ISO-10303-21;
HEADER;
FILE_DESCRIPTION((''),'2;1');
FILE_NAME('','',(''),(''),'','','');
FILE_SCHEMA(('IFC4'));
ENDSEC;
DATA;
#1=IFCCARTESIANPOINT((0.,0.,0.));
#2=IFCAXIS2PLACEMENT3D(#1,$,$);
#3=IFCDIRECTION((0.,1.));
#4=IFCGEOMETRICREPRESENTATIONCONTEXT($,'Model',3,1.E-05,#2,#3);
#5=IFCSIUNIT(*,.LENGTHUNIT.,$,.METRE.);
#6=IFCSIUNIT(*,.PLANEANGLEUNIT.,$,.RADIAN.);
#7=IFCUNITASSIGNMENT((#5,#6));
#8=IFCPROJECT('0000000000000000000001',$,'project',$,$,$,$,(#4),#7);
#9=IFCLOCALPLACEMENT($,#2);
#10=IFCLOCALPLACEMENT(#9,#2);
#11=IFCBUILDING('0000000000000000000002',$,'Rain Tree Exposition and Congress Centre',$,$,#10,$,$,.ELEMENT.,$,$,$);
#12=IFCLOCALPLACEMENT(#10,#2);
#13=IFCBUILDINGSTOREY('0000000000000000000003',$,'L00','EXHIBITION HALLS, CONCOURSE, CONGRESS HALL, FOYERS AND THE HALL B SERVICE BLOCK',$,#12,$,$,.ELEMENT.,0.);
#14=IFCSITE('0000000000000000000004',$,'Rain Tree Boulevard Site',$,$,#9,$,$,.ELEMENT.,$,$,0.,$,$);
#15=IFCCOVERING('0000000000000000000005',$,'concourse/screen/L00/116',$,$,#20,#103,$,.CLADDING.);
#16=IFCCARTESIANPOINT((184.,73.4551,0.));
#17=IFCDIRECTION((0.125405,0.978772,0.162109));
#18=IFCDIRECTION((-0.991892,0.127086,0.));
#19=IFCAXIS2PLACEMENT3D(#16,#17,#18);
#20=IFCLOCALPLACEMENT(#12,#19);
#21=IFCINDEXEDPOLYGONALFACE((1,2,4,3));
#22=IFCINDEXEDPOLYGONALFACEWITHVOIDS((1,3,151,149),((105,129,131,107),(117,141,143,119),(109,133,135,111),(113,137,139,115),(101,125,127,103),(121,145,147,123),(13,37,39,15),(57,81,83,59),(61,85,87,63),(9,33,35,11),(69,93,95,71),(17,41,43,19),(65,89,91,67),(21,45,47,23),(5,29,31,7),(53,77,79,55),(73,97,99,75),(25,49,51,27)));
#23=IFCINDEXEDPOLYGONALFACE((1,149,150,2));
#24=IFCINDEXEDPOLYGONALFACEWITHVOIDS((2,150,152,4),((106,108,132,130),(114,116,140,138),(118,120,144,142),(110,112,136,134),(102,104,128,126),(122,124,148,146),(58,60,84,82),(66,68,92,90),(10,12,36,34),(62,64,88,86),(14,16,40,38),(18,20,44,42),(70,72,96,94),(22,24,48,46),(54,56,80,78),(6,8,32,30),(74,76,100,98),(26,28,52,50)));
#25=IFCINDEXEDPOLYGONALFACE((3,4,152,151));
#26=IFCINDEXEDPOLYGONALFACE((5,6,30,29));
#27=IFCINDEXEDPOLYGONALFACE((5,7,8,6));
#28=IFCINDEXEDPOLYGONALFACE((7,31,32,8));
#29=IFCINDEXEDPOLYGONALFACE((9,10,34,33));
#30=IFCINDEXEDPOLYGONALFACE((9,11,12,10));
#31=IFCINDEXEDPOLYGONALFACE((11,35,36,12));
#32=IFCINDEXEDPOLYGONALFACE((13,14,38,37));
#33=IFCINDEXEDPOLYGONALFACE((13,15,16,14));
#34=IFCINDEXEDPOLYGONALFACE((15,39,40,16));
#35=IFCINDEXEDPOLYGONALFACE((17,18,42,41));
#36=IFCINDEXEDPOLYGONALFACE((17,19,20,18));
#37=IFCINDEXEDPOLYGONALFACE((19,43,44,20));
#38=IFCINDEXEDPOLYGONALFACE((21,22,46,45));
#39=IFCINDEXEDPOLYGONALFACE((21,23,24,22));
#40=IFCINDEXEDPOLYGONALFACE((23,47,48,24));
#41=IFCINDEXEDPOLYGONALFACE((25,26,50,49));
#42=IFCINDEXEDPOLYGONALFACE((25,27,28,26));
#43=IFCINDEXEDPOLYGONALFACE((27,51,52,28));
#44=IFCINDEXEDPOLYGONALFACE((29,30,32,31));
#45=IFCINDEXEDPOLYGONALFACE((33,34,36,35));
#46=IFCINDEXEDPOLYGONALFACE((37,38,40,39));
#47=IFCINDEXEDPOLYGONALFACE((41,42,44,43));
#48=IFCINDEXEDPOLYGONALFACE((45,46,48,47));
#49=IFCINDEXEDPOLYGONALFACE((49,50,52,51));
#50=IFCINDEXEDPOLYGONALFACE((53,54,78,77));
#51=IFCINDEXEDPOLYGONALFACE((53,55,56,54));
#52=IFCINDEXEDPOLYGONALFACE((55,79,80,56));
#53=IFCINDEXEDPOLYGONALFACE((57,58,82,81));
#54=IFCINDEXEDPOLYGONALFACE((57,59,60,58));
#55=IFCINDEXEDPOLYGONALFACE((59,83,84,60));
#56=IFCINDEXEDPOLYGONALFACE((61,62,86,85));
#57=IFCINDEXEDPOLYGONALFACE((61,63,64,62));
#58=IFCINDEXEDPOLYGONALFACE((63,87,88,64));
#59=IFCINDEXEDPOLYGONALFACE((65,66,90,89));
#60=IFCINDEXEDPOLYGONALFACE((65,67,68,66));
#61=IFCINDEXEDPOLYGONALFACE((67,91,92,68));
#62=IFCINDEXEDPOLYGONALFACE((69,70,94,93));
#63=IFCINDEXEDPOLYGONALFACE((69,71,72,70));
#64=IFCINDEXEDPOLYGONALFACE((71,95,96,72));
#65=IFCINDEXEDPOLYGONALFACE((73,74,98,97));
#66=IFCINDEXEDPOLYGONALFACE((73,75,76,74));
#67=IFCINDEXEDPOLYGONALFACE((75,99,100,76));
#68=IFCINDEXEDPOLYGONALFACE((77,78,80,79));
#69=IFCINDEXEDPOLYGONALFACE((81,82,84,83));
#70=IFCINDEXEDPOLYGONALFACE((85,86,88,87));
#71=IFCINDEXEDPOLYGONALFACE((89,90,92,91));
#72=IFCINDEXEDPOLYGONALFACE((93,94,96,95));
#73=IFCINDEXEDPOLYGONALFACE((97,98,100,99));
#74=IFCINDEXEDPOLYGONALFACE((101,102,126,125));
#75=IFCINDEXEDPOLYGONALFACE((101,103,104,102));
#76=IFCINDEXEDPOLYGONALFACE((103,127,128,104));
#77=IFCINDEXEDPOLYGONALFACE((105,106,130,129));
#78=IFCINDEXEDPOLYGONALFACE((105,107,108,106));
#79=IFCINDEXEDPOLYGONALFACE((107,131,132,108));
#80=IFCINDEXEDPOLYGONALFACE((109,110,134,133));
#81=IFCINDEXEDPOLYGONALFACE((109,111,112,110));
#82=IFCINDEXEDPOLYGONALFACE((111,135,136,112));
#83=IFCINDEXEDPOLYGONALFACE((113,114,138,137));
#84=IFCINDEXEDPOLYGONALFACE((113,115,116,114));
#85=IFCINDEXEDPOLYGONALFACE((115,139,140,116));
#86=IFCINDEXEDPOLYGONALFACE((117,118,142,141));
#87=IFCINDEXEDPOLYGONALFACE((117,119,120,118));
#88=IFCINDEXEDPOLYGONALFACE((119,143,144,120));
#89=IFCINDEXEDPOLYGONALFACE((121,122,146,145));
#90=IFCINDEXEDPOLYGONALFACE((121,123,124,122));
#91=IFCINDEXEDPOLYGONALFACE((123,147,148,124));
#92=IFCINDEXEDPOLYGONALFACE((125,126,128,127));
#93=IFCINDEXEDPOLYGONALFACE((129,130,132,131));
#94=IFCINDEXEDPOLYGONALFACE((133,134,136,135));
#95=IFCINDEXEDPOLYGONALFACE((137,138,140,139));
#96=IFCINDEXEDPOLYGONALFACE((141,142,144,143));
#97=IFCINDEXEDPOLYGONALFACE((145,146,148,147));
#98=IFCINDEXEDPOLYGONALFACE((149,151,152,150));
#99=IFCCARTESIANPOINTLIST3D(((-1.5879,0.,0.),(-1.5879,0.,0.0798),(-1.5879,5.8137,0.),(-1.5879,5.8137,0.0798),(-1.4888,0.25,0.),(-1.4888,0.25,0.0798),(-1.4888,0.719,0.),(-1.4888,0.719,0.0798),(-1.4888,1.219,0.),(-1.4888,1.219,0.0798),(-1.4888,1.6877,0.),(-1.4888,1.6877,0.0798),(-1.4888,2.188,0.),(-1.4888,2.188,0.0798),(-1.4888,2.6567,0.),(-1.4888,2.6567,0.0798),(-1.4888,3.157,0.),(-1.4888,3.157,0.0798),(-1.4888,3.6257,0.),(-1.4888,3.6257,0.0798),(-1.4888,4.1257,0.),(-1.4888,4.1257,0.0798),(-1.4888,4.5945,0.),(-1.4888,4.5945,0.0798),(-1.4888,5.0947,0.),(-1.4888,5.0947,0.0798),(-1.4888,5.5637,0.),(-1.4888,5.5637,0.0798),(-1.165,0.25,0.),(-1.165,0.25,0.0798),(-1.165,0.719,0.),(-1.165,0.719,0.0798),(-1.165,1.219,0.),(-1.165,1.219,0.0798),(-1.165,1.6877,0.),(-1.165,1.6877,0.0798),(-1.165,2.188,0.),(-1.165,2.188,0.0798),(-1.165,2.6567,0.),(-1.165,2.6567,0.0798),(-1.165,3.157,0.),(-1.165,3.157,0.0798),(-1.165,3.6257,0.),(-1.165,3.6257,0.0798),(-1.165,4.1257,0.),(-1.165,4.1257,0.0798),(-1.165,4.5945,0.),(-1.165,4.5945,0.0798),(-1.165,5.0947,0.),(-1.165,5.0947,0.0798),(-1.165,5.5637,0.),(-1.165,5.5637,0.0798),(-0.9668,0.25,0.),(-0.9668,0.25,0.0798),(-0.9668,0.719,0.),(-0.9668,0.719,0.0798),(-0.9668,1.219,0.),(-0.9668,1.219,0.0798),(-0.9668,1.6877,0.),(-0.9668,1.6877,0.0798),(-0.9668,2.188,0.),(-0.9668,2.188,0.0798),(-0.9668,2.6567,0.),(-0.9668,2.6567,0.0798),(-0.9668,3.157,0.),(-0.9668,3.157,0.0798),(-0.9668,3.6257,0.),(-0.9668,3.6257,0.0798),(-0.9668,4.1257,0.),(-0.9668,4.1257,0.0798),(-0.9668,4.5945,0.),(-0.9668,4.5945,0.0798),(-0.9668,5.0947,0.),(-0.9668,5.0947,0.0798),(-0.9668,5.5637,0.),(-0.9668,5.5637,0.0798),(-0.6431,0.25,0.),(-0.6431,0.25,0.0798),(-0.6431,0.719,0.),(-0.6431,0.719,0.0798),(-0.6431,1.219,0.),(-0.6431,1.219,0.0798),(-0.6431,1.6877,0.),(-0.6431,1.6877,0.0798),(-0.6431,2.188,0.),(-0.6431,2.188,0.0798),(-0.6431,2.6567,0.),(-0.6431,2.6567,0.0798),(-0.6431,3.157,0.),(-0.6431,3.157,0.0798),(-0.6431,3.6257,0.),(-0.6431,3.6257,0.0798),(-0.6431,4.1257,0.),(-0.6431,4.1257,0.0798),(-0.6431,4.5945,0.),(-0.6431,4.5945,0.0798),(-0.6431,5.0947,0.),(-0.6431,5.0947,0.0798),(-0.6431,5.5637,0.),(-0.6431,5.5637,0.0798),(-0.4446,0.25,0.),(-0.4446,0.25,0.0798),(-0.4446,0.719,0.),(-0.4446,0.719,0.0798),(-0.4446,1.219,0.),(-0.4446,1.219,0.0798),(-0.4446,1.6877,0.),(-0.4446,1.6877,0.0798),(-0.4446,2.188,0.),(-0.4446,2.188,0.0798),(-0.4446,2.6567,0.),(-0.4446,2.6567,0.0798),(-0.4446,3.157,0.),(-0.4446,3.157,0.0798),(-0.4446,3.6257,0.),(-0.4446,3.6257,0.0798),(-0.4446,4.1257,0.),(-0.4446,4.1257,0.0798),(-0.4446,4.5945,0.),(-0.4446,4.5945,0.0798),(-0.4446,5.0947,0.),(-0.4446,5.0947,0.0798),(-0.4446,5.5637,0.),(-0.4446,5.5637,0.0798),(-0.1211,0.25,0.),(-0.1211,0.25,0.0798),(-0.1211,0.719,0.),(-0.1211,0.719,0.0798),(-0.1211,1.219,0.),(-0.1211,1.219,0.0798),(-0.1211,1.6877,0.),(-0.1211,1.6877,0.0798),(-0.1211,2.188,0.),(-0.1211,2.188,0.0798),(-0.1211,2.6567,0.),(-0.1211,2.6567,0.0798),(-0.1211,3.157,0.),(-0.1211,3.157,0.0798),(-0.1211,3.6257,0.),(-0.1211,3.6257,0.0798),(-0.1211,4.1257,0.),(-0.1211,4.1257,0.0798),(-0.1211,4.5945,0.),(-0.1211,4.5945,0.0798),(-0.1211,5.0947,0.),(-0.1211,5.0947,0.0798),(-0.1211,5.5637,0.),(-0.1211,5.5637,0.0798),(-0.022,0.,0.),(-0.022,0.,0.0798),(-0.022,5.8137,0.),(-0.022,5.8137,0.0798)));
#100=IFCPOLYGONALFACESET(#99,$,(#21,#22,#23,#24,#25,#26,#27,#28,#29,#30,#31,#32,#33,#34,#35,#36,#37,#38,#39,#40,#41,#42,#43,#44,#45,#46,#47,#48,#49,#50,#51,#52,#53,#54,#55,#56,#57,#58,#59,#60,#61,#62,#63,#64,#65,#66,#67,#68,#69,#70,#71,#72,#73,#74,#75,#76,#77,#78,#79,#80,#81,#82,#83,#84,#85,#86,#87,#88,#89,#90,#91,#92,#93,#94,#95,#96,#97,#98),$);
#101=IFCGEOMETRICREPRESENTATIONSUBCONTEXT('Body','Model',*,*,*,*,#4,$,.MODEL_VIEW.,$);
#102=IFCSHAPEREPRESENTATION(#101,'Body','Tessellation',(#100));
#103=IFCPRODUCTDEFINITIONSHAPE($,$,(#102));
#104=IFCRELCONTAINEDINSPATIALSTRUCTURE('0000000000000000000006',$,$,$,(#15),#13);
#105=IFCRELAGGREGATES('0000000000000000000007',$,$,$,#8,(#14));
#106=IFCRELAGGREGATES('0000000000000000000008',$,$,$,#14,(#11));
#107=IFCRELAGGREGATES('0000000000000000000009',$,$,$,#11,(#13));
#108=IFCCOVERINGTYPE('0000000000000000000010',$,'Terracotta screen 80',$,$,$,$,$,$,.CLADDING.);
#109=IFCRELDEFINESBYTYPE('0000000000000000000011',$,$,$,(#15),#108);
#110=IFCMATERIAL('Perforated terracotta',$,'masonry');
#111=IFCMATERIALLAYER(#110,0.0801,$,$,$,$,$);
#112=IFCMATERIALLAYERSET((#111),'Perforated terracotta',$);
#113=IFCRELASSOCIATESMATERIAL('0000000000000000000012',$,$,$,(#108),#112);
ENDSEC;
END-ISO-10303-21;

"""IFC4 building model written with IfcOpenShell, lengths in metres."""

from ifc_helpers import new_model, si_unit, direction, frame, origin, place, context, subcontext, project, spatial, polyline, outline, extrude, material, layer, layer_set, type_object, element, save


model = new_model("IFC4")

# Units and contexts
model_context = context("Model", 3, precision=1e-05, world=origin(), true_north=direction((0.0, 1.0)))
body_context = subcontext(model_context, "Body", "Model", "MODEL_VIEW")
ifc_project = project(units=[si_unit("LENGTHUNIT", "METRE"), si_unit("PLANEANGLEUNIT", "RADIAN")], contexts=[model_context])

# Site, building, storey
site_placement = place(None, origin())
site = spatial("IfcSite", under=ifc_project, at=site_placement, Name="Rain Tree Boulevard Site", CompositionType="ELEMENT", RefElevation=0.0)
building_placement = place(site_placement, origin())
building = spatial("IfcBuilding", under=site, at=building_placement, Name="Rain Tree Exposition and Congress Centre", CompositionType="ELEMENT")
storey_placement = place(building_placement, origin())
storey = spatial("IfcBuildingStorey", under=building, at=storey_placement, Name="L00", Description="EXHIBITION HALLS, CONCOURSE, CONGRESS HALL, FOYERS AND THE HALL B SERVICE BLOCK", CompositionType="ELEMENT", Elevation=0.0)

# Covering
ifc_material_1 = material(Name="Perforated terracotta", Category="masonry")
ifc_layer_1 = layer(ifc_material_1, 0.0801)
ifc_layer_set_1 = layer_set([ifc_layer_1], Name="Perforated terracotta")
covering_type = type_object("IfcCoveringType", Name="Terracotta screen 80", PredefinedType="CLADDING", material=ifc_layer_set_1)
covering_1_placement = place(storey_placement, frame((184.0, 73.4551, 0.0), z_axis=(0.125405, 0.978772, 0.162109), x_axis=(-0.991892, 0.127086, 0.0)))
element("IfcCovering", 1, at=covering_1_placement, inside=storey, type_object=covering_type, Name="concourse/screen/L00/116", PredefinedType="CLADDING", context=body_context, shape_type="SweptSolid", body=[
    extrude(outline(polyline([(-0.022, 0.0), (-1.5879, 0.0), (-1.5879, 5.8137), (-0.022, 5.8137), (-0.022, 0.0)]), holes=[polyline([(-0.1211, 0.25), (-0.1211, 0.719), (-0.4446, 0.719), (-0.4446, 0.25), (-0.1211, 0.25)]), polyline([(-0.1211, 1.219), (-0.1211, 1.6877), (-0.4446, 1.6877), (-0.4446, 1.219), (-0.1211, 1.219)]), polyline([(-0.1211, 2.188), (-0.1211, 2.6567), (-0.4446, 2.6567), (-0.4446, 2.188), (-0.1211, 2.188)]), polyline([(-0.1211, 3.157), (-0.1211, 3.6257), (-0.4446, 3.6257), (-0.4446, 3.157), (-0.1211, 3.157)]), polyline([(-0.1211, 4.1257), (-0.1211, 4.5945), (-0.4446, 4.5945), (-0.4446, 4.1257), (-0.1211, 4.1257)]), polyline([(-0.1211, 5.0947), (-0.1211, 5.5637), (-0.4446, 5.5637), (-0.4446, 5.0947), (-0.1211, 5.0947)]), polyline([(-0.6431, 0.25), (-0.6431, 0.719), (-0.9668, 0.719), (-0.9668, 0.25), (-0.6431, 0.25)]), polyline([(-0.6431, 1.219), (-0.6431, 1.6877), (-0.9668, 1.6877), (-0.9668, 1.219), (-0.6431, 1.219)]), polyline([(-0.6431, 2.188), (-0.6431, 2.6567), (-0.9668, 2.6567), (-0.9668, 2.188), (-0.6431, 2.188)]), polyline([(-0.6431, 3.157), (-0.6431, 3.6257), (-0.9668, 3.6257), (-0.9668, 3.157), (-0.6431, 3.157)]), polyline([(-0.6431, 4.1257), (-0.6431, 4.5945), (-0.9668, 4.5945), (-0.9668, 4.1257), (-0.6431, 4.1257)]), polyline([(-0.6431, 5.0947), (-0.6431, 5.5637), (-0.9668, 5.5637), (-0.9668, 5.0947), (-0.6431, 5.0947)]), polyline([(-1.165, 0.25), (-1.165, 0.719), (-1.4888, 0.719), (-1.4888, 0.25), (-1.165, 0.25)]), polyline([(-1.165, 1.219), (-1.165, 1.6877), (-1.4888, 1.6877), (-1.4888, 1.219), (-1.165, 1.219)]), polyline([(-1.165, 2.188), (-1.165, 2.6567), (-1.4888, 2.6567), (-1.4888, 2.188), (-1.165, 2.188)]), polyline([(-1.165, 3.157), (-1.165, 3.6257), (-1.4888, 3.6257), (-1.4888, 3.157), (-1.165, 3.157)]), polyline([(-1.165, 4.1257), (-1.165, 4.5945), (-1.4888, 4.5945), (-1.4888, 4.1257), (-1.165, 4.1257)]), polyline([(-1.165, 5.0947), (-1.165, 5.5637), (-1.4888, 5.5637), (-1.4888, 5.0947), (-1.165, 5.0947)])]), origin(), (0.0, 0.0, 1.0), 0.0798),
])

save(model, "model.ifc")
